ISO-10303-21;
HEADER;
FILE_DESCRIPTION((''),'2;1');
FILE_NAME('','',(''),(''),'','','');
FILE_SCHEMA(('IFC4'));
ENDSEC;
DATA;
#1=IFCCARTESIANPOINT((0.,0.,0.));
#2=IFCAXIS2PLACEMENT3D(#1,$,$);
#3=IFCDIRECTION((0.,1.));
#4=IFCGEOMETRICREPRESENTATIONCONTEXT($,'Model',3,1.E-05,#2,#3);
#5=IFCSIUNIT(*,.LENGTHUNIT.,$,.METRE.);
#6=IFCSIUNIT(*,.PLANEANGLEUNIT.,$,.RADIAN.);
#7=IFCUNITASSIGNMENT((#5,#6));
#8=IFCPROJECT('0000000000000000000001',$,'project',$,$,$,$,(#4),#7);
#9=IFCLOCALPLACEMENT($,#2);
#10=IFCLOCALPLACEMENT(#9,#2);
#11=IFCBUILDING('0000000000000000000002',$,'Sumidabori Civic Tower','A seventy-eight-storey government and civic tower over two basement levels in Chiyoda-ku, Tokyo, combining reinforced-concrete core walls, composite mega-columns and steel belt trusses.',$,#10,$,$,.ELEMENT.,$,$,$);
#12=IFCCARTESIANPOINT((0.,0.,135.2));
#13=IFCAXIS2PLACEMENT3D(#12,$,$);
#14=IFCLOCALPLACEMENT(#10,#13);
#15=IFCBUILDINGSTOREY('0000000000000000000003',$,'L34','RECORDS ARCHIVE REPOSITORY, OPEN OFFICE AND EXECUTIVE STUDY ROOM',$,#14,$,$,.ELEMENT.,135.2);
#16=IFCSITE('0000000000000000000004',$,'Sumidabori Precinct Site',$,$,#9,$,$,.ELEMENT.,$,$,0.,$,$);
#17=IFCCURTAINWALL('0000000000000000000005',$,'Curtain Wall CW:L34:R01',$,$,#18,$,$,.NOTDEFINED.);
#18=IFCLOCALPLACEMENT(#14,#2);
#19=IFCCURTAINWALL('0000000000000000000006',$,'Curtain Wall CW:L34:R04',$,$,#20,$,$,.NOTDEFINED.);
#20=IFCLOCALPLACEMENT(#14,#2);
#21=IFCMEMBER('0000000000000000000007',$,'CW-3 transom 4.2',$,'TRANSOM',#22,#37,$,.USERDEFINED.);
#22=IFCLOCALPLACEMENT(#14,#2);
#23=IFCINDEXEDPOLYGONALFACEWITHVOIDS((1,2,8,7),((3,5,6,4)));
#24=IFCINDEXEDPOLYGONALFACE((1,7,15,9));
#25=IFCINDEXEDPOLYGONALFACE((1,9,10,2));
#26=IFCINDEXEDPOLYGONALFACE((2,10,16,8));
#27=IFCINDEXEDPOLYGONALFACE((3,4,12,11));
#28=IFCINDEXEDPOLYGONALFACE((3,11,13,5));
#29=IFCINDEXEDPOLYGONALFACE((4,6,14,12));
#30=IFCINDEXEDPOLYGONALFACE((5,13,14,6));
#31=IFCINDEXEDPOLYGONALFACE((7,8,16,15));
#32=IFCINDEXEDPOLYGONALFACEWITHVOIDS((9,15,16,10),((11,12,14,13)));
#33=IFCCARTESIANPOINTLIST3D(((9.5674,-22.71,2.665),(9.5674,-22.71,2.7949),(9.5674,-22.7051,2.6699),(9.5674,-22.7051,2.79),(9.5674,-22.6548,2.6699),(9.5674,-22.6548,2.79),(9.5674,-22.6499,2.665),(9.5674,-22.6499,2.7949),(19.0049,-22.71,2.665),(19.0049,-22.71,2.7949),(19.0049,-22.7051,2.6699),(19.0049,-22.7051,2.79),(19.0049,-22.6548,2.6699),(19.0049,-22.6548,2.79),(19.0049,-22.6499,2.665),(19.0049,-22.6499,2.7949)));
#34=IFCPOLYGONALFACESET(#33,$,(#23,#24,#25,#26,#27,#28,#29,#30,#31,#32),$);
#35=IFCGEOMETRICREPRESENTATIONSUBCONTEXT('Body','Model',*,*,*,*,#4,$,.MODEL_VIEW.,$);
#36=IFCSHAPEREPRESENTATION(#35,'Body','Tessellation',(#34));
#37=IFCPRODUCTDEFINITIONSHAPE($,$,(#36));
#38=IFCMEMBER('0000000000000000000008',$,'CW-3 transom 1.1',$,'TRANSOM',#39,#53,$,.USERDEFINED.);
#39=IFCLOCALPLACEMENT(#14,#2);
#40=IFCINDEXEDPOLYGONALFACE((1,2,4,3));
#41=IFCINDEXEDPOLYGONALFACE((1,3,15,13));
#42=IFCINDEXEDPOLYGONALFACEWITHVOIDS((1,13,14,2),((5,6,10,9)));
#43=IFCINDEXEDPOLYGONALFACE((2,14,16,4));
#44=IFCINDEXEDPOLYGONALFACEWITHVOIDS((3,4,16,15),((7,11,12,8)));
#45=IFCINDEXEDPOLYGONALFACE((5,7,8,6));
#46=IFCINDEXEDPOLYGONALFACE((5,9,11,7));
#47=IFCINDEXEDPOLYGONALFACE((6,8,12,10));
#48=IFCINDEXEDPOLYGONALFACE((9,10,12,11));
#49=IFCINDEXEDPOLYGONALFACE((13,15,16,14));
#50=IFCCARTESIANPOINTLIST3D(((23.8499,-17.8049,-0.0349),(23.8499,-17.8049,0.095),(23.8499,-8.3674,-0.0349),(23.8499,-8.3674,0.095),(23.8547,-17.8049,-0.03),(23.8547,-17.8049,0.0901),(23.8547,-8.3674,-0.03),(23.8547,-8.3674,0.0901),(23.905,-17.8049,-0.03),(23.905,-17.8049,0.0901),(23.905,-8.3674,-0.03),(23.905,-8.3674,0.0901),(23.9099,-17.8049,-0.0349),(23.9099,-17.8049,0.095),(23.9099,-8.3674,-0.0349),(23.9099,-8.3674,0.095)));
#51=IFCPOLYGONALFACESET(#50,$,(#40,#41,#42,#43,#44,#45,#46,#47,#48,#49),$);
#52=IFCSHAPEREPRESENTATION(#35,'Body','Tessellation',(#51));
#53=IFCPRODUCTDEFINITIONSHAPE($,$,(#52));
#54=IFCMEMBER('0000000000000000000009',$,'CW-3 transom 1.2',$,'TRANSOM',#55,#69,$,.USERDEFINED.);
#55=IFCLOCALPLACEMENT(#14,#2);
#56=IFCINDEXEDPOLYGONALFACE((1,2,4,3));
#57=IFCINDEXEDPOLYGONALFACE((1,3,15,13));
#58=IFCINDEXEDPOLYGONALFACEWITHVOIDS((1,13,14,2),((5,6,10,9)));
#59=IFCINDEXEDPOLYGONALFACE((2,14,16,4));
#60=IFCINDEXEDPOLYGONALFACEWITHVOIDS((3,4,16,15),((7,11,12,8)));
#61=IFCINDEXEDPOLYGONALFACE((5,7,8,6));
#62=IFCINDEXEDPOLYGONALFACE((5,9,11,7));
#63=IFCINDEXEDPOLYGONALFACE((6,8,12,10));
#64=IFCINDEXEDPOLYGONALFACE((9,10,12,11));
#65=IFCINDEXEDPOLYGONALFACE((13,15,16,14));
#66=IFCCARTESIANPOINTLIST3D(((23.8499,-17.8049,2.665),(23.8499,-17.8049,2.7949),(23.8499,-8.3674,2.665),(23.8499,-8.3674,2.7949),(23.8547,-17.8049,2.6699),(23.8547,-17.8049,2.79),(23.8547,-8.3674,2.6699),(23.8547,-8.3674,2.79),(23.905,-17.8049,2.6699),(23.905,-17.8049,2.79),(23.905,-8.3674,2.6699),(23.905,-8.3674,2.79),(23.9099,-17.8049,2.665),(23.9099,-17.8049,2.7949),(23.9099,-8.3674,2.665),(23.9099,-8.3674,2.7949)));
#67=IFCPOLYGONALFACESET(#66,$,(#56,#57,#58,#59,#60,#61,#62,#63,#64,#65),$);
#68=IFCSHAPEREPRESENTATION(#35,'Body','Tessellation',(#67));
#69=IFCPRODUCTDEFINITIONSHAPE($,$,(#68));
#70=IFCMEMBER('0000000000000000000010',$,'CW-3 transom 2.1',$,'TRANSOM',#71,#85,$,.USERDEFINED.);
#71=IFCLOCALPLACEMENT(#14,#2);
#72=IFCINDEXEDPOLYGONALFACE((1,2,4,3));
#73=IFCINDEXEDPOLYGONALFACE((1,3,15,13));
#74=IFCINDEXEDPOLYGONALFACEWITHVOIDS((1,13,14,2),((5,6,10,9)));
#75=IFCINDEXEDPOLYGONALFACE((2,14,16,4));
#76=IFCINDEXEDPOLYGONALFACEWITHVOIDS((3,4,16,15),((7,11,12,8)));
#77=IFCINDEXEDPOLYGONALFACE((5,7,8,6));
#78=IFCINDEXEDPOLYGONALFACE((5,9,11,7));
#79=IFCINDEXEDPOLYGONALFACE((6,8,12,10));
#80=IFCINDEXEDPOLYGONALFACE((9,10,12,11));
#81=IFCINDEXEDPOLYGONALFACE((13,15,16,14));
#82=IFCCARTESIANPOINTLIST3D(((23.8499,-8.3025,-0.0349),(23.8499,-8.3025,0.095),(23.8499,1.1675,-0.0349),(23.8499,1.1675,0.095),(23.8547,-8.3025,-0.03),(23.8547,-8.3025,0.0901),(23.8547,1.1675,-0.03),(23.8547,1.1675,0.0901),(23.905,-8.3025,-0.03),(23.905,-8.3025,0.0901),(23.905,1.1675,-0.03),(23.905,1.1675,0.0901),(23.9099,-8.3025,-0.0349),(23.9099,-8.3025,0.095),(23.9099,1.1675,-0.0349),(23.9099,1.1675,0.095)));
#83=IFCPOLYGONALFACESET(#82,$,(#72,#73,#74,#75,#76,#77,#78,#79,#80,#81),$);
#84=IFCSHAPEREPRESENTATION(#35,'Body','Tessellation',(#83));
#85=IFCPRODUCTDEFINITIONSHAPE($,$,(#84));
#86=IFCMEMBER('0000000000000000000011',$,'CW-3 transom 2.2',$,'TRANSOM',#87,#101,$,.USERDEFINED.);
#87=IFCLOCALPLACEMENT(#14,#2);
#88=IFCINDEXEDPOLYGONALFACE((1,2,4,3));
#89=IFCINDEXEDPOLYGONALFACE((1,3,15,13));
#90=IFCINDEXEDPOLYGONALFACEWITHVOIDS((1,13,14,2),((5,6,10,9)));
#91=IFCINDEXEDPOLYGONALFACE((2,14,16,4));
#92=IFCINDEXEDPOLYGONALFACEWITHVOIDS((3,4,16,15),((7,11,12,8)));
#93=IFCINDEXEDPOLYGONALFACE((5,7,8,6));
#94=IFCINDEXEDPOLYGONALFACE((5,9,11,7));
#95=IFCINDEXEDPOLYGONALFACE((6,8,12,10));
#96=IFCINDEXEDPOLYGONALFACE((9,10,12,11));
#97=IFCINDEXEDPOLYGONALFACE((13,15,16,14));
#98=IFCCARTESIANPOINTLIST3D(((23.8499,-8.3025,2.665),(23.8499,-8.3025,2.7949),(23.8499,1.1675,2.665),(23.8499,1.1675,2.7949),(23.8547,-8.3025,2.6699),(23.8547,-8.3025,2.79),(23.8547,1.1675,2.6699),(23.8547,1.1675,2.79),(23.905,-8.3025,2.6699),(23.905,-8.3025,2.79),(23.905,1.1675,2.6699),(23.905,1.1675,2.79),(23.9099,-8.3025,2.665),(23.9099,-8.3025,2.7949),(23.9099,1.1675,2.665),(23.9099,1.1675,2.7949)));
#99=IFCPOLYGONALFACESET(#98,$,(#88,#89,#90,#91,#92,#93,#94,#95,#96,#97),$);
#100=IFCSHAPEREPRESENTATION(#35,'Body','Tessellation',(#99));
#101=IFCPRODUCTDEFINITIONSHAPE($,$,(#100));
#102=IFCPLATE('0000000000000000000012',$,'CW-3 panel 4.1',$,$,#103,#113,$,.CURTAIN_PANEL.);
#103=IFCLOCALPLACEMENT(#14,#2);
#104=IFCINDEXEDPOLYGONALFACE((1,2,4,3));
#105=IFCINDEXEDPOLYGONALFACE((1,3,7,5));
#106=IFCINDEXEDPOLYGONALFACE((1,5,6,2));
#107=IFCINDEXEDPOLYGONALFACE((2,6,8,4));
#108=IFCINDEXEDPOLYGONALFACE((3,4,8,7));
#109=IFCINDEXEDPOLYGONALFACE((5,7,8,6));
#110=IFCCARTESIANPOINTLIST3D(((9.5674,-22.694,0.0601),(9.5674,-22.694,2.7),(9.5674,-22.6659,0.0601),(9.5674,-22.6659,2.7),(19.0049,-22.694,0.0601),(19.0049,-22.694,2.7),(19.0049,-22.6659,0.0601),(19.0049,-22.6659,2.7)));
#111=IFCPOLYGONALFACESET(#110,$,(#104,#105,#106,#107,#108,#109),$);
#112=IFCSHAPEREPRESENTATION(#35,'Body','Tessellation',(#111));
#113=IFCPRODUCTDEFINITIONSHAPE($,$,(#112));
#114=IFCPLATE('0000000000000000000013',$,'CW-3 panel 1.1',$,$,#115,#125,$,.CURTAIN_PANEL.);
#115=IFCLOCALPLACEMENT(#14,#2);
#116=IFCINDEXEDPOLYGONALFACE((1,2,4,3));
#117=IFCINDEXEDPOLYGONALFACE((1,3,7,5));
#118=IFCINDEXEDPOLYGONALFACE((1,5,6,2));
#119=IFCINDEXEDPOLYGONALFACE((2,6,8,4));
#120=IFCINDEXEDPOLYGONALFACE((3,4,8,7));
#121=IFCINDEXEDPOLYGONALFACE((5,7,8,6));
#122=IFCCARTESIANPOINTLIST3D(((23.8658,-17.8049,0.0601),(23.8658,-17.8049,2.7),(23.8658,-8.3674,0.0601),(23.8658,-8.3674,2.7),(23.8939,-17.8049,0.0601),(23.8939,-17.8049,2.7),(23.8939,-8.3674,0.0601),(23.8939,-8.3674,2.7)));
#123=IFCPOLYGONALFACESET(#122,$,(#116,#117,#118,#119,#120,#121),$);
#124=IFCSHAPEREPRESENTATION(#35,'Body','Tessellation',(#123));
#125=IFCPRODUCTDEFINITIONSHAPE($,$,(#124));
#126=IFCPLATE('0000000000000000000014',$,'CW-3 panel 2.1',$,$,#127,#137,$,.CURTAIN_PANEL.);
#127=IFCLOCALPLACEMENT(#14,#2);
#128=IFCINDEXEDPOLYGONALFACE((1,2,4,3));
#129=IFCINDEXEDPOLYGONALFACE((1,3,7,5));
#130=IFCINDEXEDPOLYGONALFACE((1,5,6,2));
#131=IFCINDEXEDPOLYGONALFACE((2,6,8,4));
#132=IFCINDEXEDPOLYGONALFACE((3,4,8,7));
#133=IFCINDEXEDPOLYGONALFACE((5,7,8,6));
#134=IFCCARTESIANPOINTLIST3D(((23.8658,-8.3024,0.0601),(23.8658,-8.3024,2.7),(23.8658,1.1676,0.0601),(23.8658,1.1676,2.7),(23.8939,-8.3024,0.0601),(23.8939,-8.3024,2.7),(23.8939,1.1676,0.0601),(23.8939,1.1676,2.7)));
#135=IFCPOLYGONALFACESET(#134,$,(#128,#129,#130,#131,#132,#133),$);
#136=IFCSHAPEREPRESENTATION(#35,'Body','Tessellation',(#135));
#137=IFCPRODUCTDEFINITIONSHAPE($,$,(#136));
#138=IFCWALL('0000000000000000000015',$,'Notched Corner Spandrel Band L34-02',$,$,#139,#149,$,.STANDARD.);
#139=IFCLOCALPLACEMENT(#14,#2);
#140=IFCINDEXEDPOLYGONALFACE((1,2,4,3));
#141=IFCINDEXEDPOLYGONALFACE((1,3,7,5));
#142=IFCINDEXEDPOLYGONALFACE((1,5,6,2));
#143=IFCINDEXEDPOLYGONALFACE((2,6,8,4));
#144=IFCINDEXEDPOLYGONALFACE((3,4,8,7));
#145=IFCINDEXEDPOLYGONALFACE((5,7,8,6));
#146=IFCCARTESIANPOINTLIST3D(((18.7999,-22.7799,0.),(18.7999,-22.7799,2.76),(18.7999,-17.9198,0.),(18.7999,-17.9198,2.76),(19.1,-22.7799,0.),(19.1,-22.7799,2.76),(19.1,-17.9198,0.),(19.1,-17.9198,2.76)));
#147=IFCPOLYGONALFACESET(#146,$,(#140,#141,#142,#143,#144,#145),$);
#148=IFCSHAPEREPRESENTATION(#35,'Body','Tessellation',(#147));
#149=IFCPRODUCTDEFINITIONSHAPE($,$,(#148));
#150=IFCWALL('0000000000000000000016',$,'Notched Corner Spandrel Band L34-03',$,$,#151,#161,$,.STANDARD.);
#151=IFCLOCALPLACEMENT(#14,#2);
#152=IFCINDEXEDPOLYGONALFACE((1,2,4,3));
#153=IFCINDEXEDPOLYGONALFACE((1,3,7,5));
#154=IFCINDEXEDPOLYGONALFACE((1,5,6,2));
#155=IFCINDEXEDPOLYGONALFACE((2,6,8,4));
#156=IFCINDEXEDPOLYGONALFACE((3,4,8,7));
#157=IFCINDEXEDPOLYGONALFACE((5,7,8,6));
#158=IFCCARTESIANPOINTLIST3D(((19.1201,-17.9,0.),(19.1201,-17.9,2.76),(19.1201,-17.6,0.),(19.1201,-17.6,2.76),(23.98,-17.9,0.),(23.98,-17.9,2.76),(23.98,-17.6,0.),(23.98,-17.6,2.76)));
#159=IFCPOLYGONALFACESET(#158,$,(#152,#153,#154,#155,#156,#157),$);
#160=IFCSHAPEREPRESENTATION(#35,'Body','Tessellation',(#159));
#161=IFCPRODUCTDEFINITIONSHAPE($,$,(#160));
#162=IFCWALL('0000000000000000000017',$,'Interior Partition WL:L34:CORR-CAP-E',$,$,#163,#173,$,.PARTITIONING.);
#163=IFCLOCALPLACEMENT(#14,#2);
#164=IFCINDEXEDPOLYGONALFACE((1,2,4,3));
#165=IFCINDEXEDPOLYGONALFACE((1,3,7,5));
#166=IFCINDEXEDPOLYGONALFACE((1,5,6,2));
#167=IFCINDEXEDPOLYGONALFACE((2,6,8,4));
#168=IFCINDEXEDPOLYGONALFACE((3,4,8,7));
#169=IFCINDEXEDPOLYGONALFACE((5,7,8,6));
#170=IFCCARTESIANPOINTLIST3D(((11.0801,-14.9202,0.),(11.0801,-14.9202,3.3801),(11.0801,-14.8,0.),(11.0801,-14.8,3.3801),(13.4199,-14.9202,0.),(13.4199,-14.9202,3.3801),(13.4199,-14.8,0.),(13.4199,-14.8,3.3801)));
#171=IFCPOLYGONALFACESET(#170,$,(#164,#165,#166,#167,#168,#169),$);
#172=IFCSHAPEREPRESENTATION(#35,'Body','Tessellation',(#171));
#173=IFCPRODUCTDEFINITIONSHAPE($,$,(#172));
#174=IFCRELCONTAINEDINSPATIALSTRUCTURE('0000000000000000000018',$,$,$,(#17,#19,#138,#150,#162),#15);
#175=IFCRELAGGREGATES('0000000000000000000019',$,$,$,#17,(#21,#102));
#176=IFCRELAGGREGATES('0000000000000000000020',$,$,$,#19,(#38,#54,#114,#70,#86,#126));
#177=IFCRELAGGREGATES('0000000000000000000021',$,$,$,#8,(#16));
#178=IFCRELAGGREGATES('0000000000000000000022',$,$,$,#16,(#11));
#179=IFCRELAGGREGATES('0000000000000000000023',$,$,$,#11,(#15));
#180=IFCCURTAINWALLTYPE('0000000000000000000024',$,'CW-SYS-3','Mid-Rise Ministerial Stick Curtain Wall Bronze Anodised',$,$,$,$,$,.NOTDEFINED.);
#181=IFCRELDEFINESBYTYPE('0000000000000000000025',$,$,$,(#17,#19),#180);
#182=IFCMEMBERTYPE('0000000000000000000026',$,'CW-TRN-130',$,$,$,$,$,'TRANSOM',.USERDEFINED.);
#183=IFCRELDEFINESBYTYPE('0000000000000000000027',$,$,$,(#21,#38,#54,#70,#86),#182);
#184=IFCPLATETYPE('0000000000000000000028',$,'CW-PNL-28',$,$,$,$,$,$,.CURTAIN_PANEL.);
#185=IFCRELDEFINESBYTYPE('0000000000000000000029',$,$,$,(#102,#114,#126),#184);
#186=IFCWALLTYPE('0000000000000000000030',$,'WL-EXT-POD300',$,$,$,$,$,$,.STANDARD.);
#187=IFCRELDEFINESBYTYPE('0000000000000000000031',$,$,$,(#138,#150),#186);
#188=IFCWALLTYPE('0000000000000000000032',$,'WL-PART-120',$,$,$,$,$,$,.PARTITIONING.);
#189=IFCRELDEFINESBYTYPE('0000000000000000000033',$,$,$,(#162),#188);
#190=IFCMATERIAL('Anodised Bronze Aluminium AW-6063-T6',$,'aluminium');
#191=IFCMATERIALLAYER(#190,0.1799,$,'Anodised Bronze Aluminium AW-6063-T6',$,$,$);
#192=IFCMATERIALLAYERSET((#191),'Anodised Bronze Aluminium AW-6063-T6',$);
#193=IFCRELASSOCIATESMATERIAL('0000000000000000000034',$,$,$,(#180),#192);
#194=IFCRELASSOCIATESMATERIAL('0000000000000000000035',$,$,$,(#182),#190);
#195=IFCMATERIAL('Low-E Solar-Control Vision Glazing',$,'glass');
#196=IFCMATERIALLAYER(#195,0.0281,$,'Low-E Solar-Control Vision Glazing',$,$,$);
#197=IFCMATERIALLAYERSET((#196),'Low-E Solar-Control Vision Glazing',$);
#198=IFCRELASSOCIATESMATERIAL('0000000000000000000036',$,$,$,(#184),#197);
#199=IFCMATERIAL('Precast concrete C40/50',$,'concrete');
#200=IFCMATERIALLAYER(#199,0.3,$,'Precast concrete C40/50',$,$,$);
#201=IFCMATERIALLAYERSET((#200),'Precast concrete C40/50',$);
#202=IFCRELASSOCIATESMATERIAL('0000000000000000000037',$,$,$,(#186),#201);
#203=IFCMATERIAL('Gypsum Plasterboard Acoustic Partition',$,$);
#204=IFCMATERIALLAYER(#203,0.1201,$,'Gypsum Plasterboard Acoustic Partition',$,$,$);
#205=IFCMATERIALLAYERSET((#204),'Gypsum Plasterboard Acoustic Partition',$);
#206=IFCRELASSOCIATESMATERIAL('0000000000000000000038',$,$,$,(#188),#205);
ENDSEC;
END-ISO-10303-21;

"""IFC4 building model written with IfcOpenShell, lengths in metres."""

from ifc_helpers import new_model, si_unit, direction, frame, frame_2d, origin, origin_2d, place, context, subcontext, project, spatial, rectangle, hollow_rectangle, extrude, source, transform, mapped, material, layer, layer_set, material_profile, profile_set, type_object, element, aggregate, save


model = new_model("IFC4")

# Units and contexts
model_context = context("Model", 3, precision=1e-05, world=origin(), true_north=direction((0.0, 1.0)))
body_context = subcontext(model_context, "Body", "Model", "MODEL_VIEW")
ifc_project = project(units=[si_unit("LENGTHUNIT", "METRE"), si_unit("PLANEANGLEUNIT", "RADIAN")], contexts=[model_context])

# Site, building, storey
site_placement = place(None, origin())
site = spatial("IfcSite", under=ifc_project, at=site_placement, Name="Sumidabori Precinct Site", CompositionType="ELEMENT", RefElevation=0.0)
building_placement = place(site_placement, origin())
building = spatial("IfcBuilding", under=site, at=building_placement, Name="Sumidabori Civic Tower", Description="A seventy-eight-storey government and civic tower over two basement levels in Chiyoda-ku, Tokyo, combining reinforced-concrete core walls, composite mega-columns and steel belt trusses.", CompositionType="ELEMENT")
storey_placement = place(building_placement, frame((0.0, 0.0, 135.2)))
storey = spatial("IfcBuildingStorey", under=building, at=storey_placement, Name="L34", Description="RECORDS ARCHIVE REPOSITORY, OPEN OFFICE AND EXECUTIVE STUDY ROOM", CompositionType="ELEMENT", Elevation=135.2)

# Curtain walls
ifc_material_1 = material(Name="Anodised Bronze Aluminium AW-6063-T6", Category="aluminium")
ifc_layer_1 = layer(ifc_material_1, 0.1799, Name="Anodised Bronze Aluminium AW-6063-T6")
ifc_layer_set_1 = layer_set([ifc_layer_1], Name="Anodised Bronze Aluminium AW-6063-T6")
curtain_wall_type = type_object("IfcCurtainWallType", Name="CW-SYS-3", Description="Mid-Rise Ministerial Stick Curtain Wall Bronze Anodised", PredefinedType="NOTDEFINED", material=ifc_layer_set_1)
curtain_wall_1_placement = place(storey_placement, origin())
curtain_wall_1 = element("IfcCurtainWall", 1, at=curtain_wall_1_placement, inside=storey, type_object=curtain_wall_type, Name="Curtain Wall CW:L34:R01", PredefinedType="NOTDEFINED")
curtain_wall_2_placement = place(storey_placement, origin())
curtain_wall_2 = element("IfcCurtainWall", 2, at=curtain_wall_2_placement, inside=storey, type_object=curtain_wall_type, Name="Curtain Wall CW:L34:R04", PredefinedType="NOTDEFINED")

# Members
ifc_material_profile_1 = material_profile(ifc_material_1, hollow_rectangle(XDim=0.0601, YDim=0.1299, WallThickness=0.0049, at=origin_2d()), Name="ALU TRANSOM 130x60")
ifc_profile_set_1 = profile_set([ifc_material_profile_1], Name="Anodised Bronze Aluminium AW-6063-T6")
member_type_1 = type_object("IfcMemberType", Name="CW-TRN-130", ElementType="TRANSOM", PredefinedType="USERDEFINED", material=ifc_profile_set_1)
shared_shape_1 = source(origin(), body_context, "Body", "SweptSolid", [
    extrude(hollow_rectangle(XDim=0.0601, YDim=0.1299, WallThickness=0.0049, at=origin_2d()), origin(), (0.0, 0.0, 1.0), 9.4375),
])
member_1_placement = place(storey_placement, frame((9.5674, -22.6799, 2.73), z_axis=(1.0, 0.0, 0.0), x_axis=(0.0, 1.0, 0.0)))
member_1 = element("IfcMember", 3, at=member_1_placement, type_object=member_type_1, Name="CW-3 transom 4.2", ObjectType="TRANSOM", PredefinedType="USERDEFINED", context=body_context, shape_type="MappedRepresentation", body=[
    mapped(shared_shape_1, transform((0.0, 0.0, 0.0), x_axis=(1.0, 0.0, 0.0), y_axis=(0.0, 1.0, 0.0), z_axis=(0.0, 0.0, 1.0), scale=1.0)),
])
member_2_placement = place(storey_placement, frame((23.8799, -17.8049, 0.03), z_axis=(0.0, 1.0, 0.0), x_axis=(-1.0, 0.0, 0.0)))
member_2 = element("IfcMember", 4, at=member_2_placement, type_object=member_type_1, Name="CW-3 transom 1.1", ObjectType="TRANSOM", PredefinedType="USERDEFINED", context=body_context, shape_type="MappedRepresentation", body=[
    mapped(shared_shape_1, transform((0.0, 0.0, 0.0), x_axis=(1.0, 0.0, 0.0), y_axis=(0.0, 1.0, 0.0), z_axis=(0.0, 0.0, 1.0), scale=1.0)),
])
member_3_placement = place(storey_placement, frame((23.8799, -17.8049, 2.73), z_axis=(0.0, 1.0, 0.0), x_axis=(-1.0, 0.0, 0.0)))
member_3 = element("IfcMember", 5, at=member_3_placement, type_object=member_type_1, Name="CW-3 transom 1.2", ObjectType="TRANSOM", PredefinedType="USERDEFINED", context=body_context, shape_type="MappedRepresentation", body=[
    mapped(shared_shape_1, transform((0.0, 0.0, 0.0), x_axis=(1.0, 0.0, 0.0), y_axis=(0.0, 1.0, 0.0), z_axis=(0.0, 0.0, 1.0), scale=1.0)),
])
shared_shape_2 = source(origin(), body_context, "Body", "SweptSolid", [
    extrude(hollow_rectangle(XDim=0.0601, YDim=0.1299, WallThickness=0.0049, at=origin_2d()), origin(), (0.0, 0.0, 1.0), 9.47),
])
member_4_placement = place(storey_placement, frame((23.8799, -8.3025, 0.03), z_axis=(0.0, 1.0, 0.0), x_axis=(-1.0, 0.0, 0.0)))
member_4 = element("IfcMember", 6, at=member_4_placement, type_object=member_type_1, Name="CW-3 transom 2.1", ObjectType="TRANSOM", PredefinedType="USERDEFINED", context=body_context, shape_type="MappedRepresentation", body=[
    mapped(shared_shape_2, transform((0.0, 0.0, 0.0), x_axis=(1.0, 0.0, 0.0), y_axis=(0.0, 1.0, 0.0), z_axis=(0.0, 0.0, 1.0), scale=1.0)),
])
member_5_placement = place(storey_placement, frame((23.8799, -8.3025, 2.73), z_axis=(0.0, 1.0, 0.0), x_axis=(-1.0, 0.0, 0.0)))
member_5 = element("IfcMember", 7, at=member_5_placement, type_object=member_type_1, Name="CW-3 transom 2.2", ObjectType="TRANSOM", PredefinedType="USERDEFINED", context=body_context, shape_type="MappedRepresentation", body=[
    mapped(shared_shape_2, transform((0.0, 0.0, 0.0), x_axis=(1.0, 0.0, 0.0), y_axis=(0.0, 1.0, 0.0), z_axis=(0.0, 0.0, 1.0), scale=1.0)),
])

# Plates
ifc_material_2 = material(Name="Low-E Solar-Control Vision Glazing", Category="glass")
ifc_layer_2 = layer(ifc_material_2, 0.0281, Name="Low-E Solar-Control Vision Glazing")
ifc_layer_set_2 = layer_set([ifc_layer_2], Name="Low-E Solar-Control Vision Glazing")
plate_type = type_object("IfcPlateType", Name="CW-PNL-28", PredefinedType="CURTAIN_PANEL", material=ifc_layer_set_2)
shared_shape_3 = source(origin(), body_context, "Body", "SweptSolid", [
    extrude(rectangle(XDim=9.4375, YDim=0.0281, at=origin_2d()), origin(), (0.0, 0.0, 1.0), 2.6399),
])
plate_1_placement = place(storey_placement, frame((14.2861, -22.6799, 0.0601), z_axis=(0.0, 0.0, 1.0), x_axis=(1.0, 0.0, 0.0)))
plate_1 = element("IfcPlate", 8, at=plate_1_placement, type_object=plate_type, Name="CW-3 panel 4.1", PredefinedType="CURTAIN_PANEL", context=body_context, shape_type="MappedRepresentation", body=[
    mapped(shared_shape_3, transform((0.0, 0.0, 0.0), x_axis=(1.0, 0.0, 0.0), y_axis=(0.0, 1.0, 0.0), z_axis=(0.0, 0.0, 1.0), scale=1.0)),
])
aggregate(curtain_wall_1, [member_1, plate_1])
plate_2_placement = place(storey_placement, frame((23.8799, -13.0862, 0.0601), z_axis=(0.0, 0.0, 1.0), x_axis=(0.0, 1.0, 0.0)))
plate_2 = element("IfcPlate", 9, at=plate_2_placement, type_object=plate_type, Name="CW-3 panel 1.1", PredefinedType="CURTAIN_PANEL", context=body_context, shape_type="MappedRepresentation", body=[
    mapped(shared_shape_3, transform((0.0, 0.0, 0.0), x_axis=(1.0, 0.0, 0.0), y_axis=(0.0, 1.0, 0.0), z_axis=(0.0, 0.0, 1.0), scale=1.0)),
])
shared_shape_4 = source(origin(), body_context, "Body", "SweptSolid", [
    extrude(rectangle(XDim=9.47, YDim=0.0281, at=origin_2d()), origin(), (0.0, 0.0, 1.0), 2.6399),
])
plate_3_placement = place(storey_placement, frame((23.8799, -3.5674, 0.0601), z_axis=(0.0, 0.0, 1.0), x_axis=(0.0, 1.0, 0.0)))
plate_3 = element("IfcPlate", 10, at=plate_3_placement, type_object=plate_type, Name="CW-3 panel 2.1", PredefinedType="CURTAIN_PANEL", context=body_context, shape_type="MappedRepresentation", body=[
    mapped(shared_shape_4, transform((0.0, 0.0, 0.0), x_axis=(1.0, 0.0, 0.0), y_axis=(0.0, 1.0, 0.0), z_axis=(0.0, 0.0, 1.0), scale=1.0)),
])
aggregate(curtain_wall_2, [member_2, member_3, plate_2, member_4, member_5, plate_3])

# Walls
ifc_material_3 = material(Name="Precast concrete C40/50", Category="concrete")
ifc_layer_3 = layer(ifc_material_3, 0.3, Name="Precast concrete C40/50")
ifc_layer_set_3 = layer_set([ifc_layer_3], Name="Precast concrete C40/50")
wall_type_1 = type_object("IfcWallType", Name="WL-EXT-POD300", PredefinedType="STANDARD", material=ifc_layer_set_3)
shared_shape_5 = source(origin(), body_context, "Body", "SweptSolid", [
    extrude(rectangle(XDim=4.8601, YDim=0.3, at=frame_2d((2.4302, 0.0))), origin(), (0.0, 0.0, 1.0), 2.76),
])
wall_1_placement = place(storey_placement, frame((18.95, -22.78, 0.0), z_axis=(0.0, 0.0, 1.0), x_axis=(0.0, 1.0, 0.0)))
element("IfcWall", 11, at=wall_1_placement, inside=storey, type_object=wall_type_1, Name="Notched Corner Spandrel Band L34-02", PredefinedType="STANDARD", context=body_context, shape_type="MappedRepresentation", body=[
    mapped(shared_shape_5, transform((0.0, 0.0, 0.0), x_axis=(1.0, 0.0, 0.0), y_axis=(0.0, 1.0, 0.0), z_axis=(0.0, 0.0, 1.0), scale=1.0)),
])
shared_shape_6 = source(origin(), body_context, "Body", "SweptSolid", [
    extrude(rectangle(XDim=4.8599, YDim=0.3, at=frame_2d((2.4299, 0.0))), origin(), (0.0, 0.0, 1.0), 2.76),
])
wall_2_placement = place(storey_placement, frame((19.1201, -17.75, 0.0), z_axis=(0.0, 0.0, 1.0), x_axis=(1.0, 0.0, 0.0)))
element("IfcWall", 12, at=wall_2_placement, inside=storey, type_object=wall_type_1, Name="Notched Corner Spandrel Band L34-03", PredefinedType="STANDARD", context=body_context, shape_type="MappedRepresentation", body=[
    mapped(shared_shape_6, transform((0.0, 0.0, 0.0), x_axis=(1.0, 0.0, 0.0), y_axis=(0.0, 1.0, 0.0), z_axis=(0.0, 0.0, 1.0), scale=1.0)),
])
ifc_material_4 = material(Name="Gypsum Plasterboard Acoustic Partition")
ifc_layer_4 = layer(ifc_material_4, 0.1201, Name="Gypsum Plasterboard Acoustic Partition")
ifc_layer_set_4 = layer_set([ifc_layer_4], Name="Gypsum Plasterboard Acoustic Partition")
wall_type_2 = type_object("IfcWallType", Name="WL-PART-120", PredefinedType="PARTITIONING", material=ifc_layer_set_4)
shared_shape_7 = source(origin(), body_context, "Body", "SweptSolid", [
    extrude(rectangle(XDim=2.3398, YDim=0.1201, at=frame_2d((1.1699, 0.0))), origin(), (0.0, 0.0, 1.0), 3.3801),
])
wall_3_placement = place(storey_placement, frame((11.0801, -14.8601, 0.0), z_axis=(0.0, 0.0, 1.0), x_axis=(1.0, 0.0, 0.0)))
element("IfcWall", 13, at=wall_3_placement, inside=storey, type_object=wall_type_2, Name="Interior Partition WL:L34:CORR-CAP-E", PredefinedType="PARTITIONING", context=body_context, shape_type="MappedRepresentation", body=[
    mapped(shared_shape_7, transform((0.0, 0.0, 0.0), x_axis=(1.0, 0.0, 0.0), y_axis=(0.0, 1.0, 0.0), z_axis=(0.0, 0.0, 1.0), scale=1.0)),
])

save(model, "model.ifc")
